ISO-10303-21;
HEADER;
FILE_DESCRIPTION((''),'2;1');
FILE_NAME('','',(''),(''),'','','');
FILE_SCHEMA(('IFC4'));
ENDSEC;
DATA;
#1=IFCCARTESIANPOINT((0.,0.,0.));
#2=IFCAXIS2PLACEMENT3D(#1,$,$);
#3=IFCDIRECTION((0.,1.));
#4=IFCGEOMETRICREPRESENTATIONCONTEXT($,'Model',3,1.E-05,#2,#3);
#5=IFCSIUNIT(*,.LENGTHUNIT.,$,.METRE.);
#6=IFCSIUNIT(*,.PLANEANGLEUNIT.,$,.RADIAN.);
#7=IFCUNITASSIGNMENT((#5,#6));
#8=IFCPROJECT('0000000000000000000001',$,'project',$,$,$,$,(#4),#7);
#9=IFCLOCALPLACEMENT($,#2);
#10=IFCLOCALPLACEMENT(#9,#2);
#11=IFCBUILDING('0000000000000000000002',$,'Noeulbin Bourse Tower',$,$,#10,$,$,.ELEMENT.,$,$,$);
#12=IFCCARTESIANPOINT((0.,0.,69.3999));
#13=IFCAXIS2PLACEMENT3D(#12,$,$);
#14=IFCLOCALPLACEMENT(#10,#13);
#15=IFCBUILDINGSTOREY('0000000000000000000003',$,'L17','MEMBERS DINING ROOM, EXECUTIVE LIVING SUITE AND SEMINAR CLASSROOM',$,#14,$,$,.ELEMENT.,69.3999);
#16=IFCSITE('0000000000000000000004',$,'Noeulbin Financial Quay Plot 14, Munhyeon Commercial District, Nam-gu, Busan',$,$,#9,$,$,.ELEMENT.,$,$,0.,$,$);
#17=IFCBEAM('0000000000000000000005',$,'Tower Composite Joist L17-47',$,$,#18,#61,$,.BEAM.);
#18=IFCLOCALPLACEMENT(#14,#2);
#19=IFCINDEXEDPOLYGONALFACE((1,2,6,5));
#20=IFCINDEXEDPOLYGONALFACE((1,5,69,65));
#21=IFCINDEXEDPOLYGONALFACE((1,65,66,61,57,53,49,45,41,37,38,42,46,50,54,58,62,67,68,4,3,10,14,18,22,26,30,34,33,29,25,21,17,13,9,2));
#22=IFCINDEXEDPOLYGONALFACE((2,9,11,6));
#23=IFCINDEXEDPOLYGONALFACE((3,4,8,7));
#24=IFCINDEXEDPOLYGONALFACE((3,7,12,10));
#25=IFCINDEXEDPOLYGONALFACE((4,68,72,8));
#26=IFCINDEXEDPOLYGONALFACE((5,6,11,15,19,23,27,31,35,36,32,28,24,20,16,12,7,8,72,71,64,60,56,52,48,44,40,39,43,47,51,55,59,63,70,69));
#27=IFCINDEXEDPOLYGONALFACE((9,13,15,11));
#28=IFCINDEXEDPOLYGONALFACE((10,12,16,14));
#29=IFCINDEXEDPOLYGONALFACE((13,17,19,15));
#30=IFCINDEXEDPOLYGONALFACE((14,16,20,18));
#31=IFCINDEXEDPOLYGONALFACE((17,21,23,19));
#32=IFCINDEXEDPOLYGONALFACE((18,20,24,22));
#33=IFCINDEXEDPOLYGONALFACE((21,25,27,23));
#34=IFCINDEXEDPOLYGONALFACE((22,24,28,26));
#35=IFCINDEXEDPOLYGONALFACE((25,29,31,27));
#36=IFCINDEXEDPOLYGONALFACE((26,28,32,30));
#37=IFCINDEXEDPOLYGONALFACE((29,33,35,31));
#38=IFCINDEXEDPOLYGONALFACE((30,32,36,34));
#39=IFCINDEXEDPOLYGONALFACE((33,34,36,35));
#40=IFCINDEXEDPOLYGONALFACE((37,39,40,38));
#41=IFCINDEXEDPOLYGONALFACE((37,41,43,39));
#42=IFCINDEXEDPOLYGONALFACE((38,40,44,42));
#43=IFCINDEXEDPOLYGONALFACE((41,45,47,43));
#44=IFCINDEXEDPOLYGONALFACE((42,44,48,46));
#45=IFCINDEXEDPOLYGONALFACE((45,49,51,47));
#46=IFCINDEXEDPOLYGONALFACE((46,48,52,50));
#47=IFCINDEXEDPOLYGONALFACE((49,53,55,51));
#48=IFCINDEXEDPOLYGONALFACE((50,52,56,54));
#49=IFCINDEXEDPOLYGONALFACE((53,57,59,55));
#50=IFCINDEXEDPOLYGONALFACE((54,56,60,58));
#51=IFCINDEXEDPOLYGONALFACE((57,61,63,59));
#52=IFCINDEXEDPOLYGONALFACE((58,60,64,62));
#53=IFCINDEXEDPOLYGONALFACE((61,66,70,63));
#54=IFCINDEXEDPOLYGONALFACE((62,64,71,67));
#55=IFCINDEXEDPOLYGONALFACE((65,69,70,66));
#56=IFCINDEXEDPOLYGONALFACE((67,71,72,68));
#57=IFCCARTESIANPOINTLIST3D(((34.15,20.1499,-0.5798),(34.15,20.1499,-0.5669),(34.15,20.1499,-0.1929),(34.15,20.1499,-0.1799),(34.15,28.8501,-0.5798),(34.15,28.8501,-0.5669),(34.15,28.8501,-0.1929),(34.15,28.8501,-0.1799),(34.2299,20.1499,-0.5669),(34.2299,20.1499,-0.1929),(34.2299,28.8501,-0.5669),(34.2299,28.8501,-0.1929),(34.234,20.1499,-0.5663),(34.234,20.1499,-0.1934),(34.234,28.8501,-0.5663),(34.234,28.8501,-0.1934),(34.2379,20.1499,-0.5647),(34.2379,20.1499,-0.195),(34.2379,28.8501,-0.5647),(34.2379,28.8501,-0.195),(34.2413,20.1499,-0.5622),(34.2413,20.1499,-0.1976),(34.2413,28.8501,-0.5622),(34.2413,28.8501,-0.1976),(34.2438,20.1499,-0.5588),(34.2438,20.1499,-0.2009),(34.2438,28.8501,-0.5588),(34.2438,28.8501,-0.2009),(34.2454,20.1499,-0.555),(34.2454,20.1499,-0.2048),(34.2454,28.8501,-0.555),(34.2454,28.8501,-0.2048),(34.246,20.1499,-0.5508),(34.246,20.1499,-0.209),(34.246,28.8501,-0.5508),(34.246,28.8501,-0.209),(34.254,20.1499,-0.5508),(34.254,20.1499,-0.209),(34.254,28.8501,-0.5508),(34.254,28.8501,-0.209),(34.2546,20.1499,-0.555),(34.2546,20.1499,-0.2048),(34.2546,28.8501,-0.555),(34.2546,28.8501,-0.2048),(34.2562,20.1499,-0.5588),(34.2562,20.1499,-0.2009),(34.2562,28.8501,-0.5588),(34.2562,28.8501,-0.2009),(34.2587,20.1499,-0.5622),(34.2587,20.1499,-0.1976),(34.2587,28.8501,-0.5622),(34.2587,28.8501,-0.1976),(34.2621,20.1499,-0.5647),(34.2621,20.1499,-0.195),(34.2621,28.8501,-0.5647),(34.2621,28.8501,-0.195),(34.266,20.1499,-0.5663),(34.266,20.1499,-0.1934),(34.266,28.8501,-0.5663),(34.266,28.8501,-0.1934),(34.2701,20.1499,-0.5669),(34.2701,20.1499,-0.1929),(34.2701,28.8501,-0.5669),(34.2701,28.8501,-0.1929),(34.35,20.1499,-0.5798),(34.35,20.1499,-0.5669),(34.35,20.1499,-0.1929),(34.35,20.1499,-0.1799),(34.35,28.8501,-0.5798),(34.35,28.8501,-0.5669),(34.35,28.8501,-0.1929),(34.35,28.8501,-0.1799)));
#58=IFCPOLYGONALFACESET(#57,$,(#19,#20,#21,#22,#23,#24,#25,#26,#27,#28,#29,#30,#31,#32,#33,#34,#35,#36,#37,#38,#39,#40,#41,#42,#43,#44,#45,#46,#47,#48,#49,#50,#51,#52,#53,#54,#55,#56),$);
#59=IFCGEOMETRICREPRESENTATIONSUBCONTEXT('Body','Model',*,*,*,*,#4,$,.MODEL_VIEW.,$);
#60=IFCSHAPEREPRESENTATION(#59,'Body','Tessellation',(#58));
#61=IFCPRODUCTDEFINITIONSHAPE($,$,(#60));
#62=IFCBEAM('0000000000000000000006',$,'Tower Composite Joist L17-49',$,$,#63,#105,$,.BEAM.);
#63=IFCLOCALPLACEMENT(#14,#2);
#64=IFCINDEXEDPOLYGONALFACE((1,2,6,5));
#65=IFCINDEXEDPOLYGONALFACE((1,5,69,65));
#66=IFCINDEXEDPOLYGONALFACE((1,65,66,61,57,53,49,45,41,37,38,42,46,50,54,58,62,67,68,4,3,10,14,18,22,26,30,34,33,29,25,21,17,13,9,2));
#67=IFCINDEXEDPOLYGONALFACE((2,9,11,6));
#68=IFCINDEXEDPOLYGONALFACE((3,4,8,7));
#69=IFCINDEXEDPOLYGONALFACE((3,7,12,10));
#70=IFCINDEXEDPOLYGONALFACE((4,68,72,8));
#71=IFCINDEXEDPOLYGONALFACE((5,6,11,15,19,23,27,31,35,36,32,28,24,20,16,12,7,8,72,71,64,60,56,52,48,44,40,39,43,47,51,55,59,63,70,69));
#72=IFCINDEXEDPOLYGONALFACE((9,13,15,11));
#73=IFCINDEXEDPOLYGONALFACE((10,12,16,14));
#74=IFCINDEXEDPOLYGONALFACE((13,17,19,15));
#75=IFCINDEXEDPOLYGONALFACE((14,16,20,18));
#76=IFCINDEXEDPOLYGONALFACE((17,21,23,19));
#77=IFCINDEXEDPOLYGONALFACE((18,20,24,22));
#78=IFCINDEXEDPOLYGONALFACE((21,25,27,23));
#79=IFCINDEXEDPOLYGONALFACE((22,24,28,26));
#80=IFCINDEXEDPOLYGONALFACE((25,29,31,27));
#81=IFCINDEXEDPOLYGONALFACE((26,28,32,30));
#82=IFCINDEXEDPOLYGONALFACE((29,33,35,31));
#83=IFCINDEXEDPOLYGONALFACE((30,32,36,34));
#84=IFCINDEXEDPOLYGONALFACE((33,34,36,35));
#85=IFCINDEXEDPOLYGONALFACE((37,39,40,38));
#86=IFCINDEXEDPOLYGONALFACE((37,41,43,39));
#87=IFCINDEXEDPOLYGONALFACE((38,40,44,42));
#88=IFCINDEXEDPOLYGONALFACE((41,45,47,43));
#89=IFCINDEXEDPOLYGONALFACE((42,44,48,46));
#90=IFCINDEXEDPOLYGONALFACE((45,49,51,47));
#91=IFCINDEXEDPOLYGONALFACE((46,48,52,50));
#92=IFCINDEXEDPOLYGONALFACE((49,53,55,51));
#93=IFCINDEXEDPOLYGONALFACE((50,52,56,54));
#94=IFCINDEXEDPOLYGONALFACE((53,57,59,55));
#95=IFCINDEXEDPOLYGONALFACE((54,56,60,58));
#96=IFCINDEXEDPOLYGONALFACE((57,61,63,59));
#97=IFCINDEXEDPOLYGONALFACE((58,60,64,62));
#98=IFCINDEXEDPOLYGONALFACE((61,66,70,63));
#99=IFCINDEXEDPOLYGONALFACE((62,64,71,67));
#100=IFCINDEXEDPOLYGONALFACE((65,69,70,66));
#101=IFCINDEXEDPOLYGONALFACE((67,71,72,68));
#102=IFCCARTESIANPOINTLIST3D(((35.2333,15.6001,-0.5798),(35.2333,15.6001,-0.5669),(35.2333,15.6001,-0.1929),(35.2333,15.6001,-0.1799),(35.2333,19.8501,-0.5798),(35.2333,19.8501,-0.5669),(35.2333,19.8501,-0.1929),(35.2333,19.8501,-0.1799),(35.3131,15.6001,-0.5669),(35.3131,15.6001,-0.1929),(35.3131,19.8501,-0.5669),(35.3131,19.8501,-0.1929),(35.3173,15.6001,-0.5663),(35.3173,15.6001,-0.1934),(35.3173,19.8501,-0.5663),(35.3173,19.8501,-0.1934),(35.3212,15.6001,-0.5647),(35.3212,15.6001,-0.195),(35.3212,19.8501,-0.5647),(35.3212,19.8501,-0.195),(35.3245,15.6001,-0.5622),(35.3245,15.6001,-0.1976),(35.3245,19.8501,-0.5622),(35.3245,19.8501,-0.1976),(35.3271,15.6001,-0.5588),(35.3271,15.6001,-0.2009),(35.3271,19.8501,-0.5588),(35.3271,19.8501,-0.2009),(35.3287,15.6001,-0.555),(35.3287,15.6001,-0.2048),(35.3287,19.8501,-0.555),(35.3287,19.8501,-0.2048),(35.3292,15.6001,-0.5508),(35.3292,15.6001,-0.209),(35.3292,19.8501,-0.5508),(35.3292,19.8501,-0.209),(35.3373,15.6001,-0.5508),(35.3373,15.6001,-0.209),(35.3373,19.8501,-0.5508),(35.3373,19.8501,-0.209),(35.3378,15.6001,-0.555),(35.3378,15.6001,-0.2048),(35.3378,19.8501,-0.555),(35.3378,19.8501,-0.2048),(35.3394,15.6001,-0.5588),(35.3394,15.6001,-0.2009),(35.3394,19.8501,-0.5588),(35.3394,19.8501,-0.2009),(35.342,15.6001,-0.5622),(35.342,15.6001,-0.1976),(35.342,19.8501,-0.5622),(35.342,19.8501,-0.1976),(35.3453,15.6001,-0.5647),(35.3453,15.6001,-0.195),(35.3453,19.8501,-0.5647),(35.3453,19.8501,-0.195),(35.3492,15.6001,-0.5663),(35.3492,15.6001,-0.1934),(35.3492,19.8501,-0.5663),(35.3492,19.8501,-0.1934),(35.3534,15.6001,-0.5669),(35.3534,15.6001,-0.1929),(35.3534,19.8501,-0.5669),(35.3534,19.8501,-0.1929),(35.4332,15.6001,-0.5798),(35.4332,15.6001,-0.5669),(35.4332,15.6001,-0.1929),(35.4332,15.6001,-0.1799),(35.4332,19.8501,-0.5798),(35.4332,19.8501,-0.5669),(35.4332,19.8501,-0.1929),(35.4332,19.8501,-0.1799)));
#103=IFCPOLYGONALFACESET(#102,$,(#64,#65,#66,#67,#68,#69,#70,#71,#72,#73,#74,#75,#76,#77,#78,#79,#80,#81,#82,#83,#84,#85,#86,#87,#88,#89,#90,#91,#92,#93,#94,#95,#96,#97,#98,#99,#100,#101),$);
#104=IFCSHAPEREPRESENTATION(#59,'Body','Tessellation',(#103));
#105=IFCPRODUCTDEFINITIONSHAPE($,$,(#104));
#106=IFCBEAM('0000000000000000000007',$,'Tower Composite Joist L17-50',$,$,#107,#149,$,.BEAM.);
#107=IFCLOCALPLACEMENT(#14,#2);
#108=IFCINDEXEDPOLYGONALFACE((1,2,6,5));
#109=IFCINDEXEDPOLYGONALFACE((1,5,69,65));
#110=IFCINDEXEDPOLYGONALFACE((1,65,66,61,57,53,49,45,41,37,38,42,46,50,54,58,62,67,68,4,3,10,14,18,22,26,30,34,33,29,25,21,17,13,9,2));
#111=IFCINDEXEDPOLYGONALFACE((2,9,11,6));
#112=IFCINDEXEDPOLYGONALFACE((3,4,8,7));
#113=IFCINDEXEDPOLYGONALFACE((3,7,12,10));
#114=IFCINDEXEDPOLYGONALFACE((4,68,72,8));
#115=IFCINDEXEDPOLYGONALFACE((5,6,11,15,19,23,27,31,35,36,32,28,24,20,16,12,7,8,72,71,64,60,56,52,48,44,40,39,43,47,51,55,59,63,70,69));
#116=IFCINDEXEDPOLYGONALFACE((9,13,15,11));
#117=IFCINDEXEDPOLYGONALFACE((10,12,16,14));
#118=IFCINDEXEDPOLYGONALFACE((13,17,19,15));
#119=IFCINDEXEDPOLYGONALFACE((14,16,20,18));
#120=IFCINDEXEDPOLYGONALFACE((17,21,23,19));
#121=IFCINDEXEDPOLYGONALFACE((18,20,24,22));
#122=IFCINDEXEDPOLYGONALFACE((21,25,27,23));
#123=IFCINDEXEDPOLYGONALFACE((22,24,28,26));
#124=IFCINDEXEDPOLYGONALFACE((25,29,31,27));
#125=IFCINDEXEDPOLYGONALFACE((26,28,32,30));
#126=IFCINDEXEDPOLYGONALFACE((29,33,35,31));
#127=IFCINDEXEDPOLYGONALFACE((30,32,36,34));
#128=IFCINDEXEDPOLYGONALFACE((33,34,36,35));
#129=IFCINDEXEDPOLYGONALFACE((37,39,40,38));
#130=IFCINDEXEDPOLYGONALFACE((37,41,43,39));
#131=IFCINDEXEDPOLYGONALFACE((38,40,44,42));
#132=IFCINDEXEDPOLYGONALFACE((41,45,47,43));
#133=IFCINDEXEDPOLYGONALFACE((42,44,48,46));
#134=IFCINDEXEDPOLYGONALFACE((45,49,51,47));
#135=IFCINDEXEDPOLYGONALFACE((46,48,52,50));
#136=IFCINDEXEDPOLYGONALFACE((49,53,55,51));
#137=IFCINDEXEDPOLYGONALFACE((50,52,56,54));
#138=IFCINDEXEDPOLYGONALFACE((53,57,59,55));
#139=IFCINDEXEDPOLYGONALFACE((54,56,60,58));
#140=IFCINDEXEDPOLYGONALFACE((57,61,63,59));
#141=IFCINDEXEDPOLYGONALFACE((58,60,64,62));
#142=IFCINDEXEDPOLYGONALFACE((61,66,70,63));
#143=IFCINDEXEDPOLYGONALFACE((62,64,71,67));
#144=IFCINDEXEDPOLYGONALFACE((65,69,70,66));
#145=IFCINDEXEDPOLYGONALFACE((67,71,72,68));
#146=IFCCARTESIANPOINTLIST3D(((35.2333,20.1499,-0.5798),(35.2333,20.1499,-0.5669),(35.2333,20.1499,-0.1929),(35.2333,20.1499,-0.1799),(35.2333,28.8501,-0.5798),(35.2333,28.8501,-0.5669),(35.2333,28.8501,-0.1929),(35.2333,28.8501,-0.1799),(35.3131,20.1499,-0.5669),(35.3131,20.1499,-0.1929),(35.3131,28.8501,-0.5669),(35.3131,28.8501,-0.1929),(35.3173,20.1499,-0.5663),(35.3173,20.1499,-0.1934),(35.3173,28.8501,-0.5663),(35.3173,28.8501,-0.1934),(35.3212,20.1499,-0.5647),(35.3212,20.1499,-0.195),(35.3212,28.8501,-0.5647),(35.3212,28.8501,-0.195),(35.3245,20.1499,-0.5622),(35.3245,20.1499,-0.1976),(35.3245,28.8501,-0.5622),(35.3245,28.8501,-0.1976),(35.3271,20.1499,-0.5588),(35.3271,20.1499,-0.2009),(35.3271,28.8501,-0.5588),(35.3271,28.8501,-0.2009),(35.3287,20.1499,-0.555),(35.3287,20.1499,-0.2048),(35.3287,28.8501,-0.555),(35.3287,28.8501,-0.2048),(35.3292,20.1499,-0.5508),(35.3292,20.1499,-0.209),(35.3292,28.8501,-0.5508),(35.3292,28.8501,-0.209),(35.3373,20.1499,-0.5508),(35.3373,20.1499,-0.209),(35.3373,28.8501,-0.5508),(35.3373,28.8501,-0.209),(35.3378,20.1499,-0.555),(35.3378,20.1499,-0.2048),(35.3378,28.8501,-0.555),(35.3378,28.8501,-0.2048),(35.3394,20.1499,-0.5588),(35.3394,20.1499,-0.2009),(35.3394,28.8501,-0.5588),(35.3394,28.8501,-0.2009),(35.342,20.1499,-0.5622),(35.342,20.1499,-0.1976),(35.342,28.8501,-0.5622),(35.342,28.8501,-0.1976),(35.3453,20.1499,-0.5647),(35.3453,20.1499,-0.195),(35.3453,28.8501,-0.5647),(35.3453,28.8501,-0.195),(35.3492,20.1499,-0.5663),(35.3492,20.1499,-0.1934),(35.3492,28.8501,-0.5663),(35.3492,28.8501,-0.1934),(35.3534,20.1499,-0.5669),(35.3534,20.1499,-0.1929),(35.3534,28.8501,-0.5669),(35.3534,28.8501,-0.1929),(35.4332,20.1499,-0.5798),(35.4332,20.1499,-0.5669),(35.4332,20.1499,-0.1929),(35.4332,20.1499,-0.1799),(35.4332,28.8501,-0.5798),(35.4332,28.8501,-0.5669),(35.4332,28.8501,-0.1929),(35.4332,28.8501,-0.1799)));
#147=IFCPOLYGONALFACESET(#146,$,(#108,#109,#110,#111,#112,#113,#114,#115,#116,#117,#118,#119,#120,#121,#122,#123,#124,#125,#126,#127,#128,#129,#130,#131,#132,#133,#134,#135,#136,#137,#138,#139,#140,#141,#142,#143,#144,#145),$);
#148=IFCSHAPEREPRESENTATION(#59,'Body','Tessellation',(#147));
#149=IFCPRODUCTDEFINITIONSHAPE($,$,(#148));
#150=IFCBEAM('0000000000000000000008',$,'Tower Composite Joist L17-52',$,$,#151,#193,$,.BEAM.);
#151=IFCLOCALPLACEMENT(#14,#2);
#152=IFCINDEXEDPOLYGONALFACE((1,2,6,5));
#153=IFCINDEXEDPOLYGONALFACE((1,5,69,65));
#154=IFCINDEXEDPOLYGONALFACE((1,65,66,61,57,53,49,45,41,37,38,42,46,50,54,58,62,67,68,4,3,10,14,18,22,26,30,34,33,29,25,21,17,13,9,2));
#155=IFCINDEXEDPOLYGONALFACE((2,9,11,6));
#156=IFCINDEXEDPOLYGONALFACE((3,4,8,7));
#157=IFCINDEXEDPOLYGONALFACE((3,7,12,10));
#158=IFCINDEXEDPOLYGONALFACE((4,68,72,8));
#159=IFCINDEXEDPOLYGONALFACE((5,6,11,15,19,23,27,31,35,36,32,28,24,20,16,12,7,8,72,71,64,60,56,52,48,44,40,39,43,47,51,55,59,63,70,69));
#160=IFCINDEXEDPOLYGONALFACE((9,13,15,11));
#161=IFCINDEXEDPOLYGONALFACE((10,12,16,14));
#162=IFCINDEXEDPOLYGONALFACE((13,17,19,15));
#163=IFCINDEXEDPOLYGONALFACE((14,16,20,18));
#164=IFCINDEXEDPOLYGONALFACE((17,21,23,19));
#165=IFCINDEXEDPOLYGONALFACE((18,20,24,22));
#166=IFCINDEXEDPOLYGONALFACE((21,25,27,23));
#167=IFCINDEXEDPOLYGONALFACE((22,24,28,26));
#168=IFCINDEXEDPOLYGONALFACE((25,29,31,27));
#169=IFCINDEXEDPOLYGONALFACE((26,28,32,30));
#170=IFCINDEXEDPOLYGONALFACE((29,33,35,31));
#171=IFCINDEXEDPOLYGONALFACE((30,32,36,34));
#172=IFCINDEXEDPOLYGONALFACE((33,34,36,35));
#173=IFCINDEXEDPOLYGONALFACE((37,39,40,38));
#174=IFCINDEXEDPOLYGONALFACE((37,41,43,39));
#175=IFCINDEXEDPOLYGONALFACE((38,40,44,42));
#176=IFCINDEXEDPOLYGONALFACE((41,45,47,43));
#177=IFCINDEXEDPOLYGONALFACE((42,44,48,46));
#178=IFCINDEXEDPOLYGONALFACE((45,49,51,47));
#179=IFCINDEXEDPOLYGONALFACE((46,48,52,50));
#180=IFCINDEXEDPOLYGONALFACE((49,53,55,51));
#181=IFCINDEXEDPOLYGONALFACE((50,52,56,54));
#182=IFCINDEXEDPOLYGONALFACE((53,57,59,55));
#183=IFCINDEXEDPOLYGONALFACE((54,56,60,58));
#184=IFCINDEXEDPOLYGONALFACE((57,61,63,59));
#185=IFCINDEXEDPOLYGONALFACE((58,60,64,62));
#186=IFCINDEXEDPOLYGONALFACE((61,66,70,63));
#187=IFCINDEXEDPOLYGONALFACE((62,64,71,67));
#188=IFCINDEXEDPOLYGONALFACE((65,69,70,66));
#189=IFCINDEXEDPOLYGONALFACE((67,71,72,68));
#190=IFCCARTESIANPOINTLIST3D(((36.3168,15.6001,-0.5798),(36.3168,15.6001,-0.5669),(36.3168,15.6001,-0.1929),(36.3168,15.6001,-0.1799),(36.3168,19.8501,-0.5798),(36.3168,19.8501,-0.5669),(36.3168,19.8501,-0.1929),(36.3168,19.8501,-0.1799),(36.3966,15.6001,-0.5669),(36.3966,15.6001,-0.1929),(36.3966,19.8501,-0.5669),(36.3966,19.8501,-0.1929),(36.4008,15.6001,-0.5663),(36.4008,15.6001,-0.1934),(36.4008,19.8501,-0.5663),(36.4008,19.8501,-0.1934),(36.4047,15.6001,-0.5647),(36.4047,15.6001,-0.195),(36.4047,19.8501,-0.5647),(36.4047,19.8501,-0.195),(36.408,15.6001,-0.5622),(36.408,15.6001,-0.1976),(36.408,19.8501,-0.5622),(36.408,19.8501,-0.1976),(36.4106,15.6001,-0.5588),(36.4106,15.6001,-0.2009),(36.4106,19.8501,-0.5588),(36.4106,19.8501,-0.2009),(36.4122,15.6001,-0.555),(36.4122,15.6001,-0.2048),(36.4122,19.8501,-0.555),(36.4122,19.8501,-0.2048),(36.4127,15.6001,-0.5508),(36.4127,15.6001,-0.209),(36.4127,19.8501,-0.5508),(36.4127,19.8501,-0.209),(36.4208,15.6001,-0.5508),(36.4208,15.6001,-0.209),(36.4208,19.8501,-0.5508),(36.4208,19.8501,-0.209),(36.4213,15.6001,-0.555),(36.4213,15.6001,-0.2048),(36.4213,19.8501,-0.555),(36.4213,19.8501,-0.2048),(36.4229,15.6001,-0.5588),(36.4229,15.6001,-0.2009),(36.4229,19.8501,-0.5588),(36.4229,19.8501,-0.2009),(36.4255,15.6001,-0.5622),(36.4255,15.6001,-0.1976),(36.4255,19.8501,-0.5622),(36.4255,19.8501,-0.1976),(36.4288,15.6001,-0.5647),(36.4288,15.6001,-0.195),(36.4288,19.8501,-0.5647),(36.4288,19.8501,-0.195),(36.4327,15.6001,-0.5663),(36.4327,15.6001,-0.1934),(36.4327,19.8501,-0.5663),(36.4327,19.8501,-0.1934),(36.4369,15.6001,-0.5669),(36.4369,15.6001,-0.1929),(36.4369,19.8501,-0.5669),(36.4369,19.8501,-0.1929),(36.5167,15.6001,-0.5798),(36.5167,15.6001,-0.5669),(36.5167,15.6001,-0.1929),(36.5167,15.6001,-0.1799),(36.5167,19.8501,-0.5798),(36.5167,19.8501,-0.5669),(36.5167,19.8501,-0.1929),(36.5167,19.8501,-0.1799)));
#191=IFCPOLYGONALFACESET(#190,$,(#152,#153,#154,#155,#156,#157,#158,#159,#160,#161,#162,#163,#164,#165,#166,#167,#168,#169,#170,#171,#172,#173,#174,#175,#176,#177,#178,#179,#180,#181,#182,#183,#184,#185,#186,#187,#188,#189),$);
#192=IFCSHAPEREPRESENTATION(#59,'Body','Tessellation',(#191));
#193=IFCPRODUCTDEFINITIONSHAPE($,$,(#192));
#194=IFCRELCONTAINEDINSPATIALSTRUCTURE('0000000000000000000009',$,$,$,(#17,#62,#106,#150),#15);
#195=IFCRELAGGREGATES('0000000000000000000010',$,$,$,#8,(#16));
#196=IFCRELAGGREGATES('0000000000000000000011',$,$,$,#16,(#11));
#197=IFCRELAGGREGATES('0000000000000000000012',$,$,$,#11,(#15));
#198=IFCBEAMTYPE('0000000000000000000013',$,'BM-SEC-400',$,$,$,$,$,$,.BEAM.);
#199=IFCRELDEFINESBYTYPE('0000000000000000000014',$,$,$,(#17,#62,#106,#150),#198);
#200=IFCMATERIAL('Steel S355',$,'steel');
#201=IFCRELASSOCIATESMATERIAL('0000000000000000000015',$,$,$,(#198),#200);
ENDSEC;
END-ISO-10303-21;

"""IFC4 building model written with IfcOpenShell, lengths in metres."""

from ifc_helpers import new_model, si_unit, direction, frame, origin, origin_2d, place, context, subcontext, project, spatial, i_section, extrude, material, material_profile, profile_set, type_object, element, save


model = new_model("IFC4")

# Units and contexts
model_context = context("Model", 3, precision=1e-05, world=origin(), true_north=direction((0.0, 1.0)))
body_context = subcontext(model_context, "Body", "Model", "MODEL_VIEW")
ifc_project = project(units=[si_unit("LENGTHUNIT", "METRE"), si_unit("PLANEANGLEUNIT", "RADIAN")], contexts=[model_context])

# Site, building, storey
site_placement = place(None, origin())
site = spatial("IfcSite", under=ifc_project, at=site_placement, Name="Noeulbin Financial Quay Plot 14, Munhyeon Commercial District, Nam-gu, Busan", CompositionType="ELEMENT", RefElevation=0.0)
building_placement = place(site_placement, origin())
building = spatial("IfcBuilding", under=site, at=building_placement, Name="Noeulbin Bourse Tower", CompositionType="ELEMENT")
storey_placement = place(building_placement, frame((0.0, 0.0, 69.3999)))
storey = spatial("IfcBuildingStorey", under=building, at=storey_placement, Name="L17", Description="MEMBERS DINING ROOM, EXECUTIVE LIVING SUITE AND SEMINAR CLASSROOM", CompositionType="ELEMENT", Elevation=69.3999)

# Beams
ifc_material_1 = material(Name="Steel S355", Category="steel")
ifc_material_profile_1 = material_profile(ifc_material_1, i_section(OverallWidth=0.2, OverallDepth=0.3999, WebThickness=0.0081, FlangeThickness=0.0129, FilletRadius=0.0161, at=origin_2d()), Name="H-400x200x8x13", Category="LoadBearing")
ifc_profile_set_1 = profile_set([ifc_material_profile_1], Name="Steel S355")
beam_type_1 = type_object("IfcBeamType", Name="BM-SEC-400", PredefinedType="BEAM", material=ifc_profile_set_1)
beam_1_placement = place(storey_placement, frame((34.25, 20.1499, -0.3799), z_axis=(0.0, 1.0, 0.0), x_axis=(-1.0, 0.0, 0.0)))
element("IfcBeam", 1, at=beam_1_placement, inside=storey, type_object=beam_type_1, Name="Tower Composite Joist L17-47", PredefinedType="BEAM", context=body_context, shape_type="SweptSolid", body=[
    extrude(i_section(OverallWidth=0.2, OverallDepth=0.3999, WebThickness=0.0081, FlangeThickness=0.0129, FilletRadius=0.0161, at=origin_2d()), origin(), (0.0, 0.0, 1.0), 8.7002),
])
beam_2_placement = place(storey_placement, frame((35.3333, 15.6001, -0.3799), z_axis=(0.0, 1.0, 0.0), x_axis=(-1.0, 0.0, 0.0)))
element("IfcBeam", 2, at=beam_2_placement, inside=storey, type_object=beam_type_1, Name="Tower Composite Joist L17-49", PredefinedType="BEAM", context=body_context, shape_type="SweptSolid", body=[
    extrude(i_section(OverallWidth=0.2, OverallDepth=0.3999, WebThickness=0.0081, FlangeThickness=0.0129, FilletRadius=0.0161, at=origin_2d()), origin(), (0.0, 0.0, 1.0), 4.25),
])
beam_3_placement = place(storey_placement, frame((35.3333, 20.1499, -0.3799), z_axis=(0.0, 1.0, 0.0), x_axis=(-1.0, 0.0, 0.0)))
element("IfcBeam", 3, at=beam_3_placement, inside=storey, type_object=beam_type_1, Name="Tower Composite Joist L17-50", PredefinedType="BEAM", context=body_context, shape_type="SweptSolid", body=[
    extrude(i_section(OverallWidth=0.2, OverallDepth=0.3999, WebThickness=0.0081, FlangeThickness=0.0129, FilletRadius=0.0161, at=origin_2d()), origin(), (0.0, 0.0, 1.0), 8.7002),
])
beam_4_placement = place(storey_placement, frame((36.4167, 15.6001, -0.3799), z_axis=(0.0, 1.0, 0.0), x_axis=(-1.0, 0.0, 0.0)))
element("IfcBeam", 4, at=beam_4_placement, inside=storey, type_object=beam_type_1, Name="Tower Composite Joist L17-52", PredefinedType="BEAM", context=body_context, shape_type="SweptSolid", body=[
    extrude(i_section(OverallWidth=0.2, OverallDepth=0.3999, WebThickness=0.0081, FlangeThickness=0.0129, FilletRadius=0.0161, at=origin_2d()), origin(), (0.0, 0.0, 1.0), 4.25),
])

save(model, "model.ifc")
